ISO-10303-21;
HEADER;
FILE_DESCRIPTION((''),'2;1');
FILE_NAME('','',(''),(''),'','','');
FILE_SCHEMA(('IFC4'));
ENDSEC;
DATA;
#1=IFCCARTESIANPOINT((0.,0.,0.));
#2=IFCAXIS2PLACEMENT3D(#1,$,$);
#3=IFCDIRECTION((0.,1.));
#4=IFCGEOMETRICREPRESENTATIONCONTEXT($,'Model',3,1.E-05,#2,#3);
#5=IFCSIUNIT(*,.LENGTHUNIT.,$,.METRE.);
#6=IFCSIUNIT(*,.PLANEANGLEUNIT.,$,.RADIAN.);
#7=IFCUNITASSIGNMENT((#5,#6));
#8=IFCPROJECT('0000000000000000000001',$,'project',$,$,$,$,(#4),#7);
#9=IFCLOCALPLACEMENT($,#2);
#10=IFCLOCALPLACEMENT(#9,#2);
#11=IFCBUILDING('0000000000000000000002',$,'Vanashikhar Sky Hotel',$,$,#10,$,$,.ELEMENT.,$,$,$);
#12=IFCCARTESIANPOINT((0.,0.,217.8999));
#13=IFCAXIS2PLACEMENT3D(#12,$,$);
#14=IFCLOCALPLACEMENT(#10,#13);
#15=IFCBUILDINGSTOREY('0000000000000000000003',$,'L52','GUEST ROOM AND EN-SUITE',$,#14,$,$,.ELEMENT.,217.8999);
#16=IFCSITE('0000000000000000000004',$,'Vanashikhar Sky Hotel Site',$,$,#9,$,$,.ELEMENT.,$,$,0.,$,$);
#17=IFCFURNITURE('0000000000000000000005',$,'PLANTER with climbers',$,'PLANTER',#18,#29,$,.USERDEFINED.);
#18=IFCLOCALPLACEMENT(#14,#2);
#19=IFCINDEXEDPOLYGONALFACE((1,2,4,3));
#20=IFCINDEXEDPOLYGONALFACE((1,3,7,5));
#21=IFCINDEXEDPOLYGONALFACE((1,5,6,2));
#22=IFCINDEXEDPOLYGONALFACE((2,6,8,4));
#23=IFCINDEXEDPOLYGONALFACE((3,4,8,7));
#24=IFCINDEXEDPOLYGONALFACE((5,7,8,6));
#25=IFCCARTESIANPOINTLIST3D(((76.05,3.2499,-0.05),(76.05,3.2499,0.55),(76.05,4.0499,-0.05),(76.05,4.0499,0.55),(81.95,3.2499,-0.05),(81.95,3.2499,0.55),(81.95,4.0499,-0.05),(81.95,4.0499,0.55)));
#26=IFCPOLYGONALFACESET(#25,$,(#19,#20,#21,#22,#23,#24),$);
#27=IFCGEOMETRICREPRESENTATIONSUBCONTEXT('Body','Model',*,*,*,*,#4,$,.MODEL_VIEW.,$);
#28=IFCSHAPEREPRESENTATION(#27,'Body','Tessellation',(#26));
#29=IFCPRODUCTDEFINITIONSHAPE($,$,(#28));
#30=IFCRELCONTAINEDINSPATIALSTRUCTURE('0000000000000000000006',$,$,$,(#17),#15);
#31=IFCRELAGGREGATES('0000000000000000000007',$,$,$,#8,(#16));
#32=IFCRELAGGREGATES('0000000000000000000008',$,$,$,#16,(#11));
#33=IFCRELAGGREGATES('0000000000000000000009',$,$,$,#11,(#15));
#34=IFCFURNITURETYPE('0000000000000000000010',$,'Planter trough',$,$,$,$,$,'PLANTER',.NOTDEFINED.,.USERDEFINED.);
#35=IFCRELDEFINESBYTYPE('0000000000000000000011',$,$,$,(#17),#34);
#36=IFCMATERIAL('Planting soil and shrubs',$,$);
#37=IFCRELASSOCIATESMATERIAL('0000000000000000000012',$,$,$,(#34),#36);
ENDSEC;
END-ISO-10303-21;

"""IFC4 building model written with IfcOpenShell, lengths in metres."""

from ifc_helpers import new_model, si_unit, direction, frame, origin, origin_2d, place, context, subcontext, project, spatial, rectangle, extrude, source, transform, mapped, material, type_object, element, save


model = new_model("IFC4")

# Units and contexts
model_context = context("Model", 3, precision=1e-05, world=origin(), true_north=direction((0.0, 1.0)))
body_context = subcontext(model_context, "Body", "Model", "MODEL_VIEW")
ifc_project = project(units=[si_unit("LENGTHUNIT", "METRE"), si_unit("PLANEANGLEUNIT", "RADIAN")], contexts=[model_context])

# Site, building, storey
site_placement = place(None, origin())
site = spatial("IfcSite", under=ifc_project, at=site_placement, Name="Vanashikhar Sky Hotel Site", CompositionType="ELEMENT", RefElevation=0.0)
building_placement = place(site_placement, origin())
building = spatial("IfcBuilding", under=site, at=building_placement, Name="Vanashikhar Sky Hotel", CompositionType="ELEMENT")
storey_placement = place(building_placement, frame((0.0, 0.0, 217.8999)))
storey = spatial("IfcBuildingStorey", under=building, at=storey_placement, Name="L52", Description="GUEST ROOM AND EN-SUITE", CompositionType="ELEMENT", Elevation=217.8999)

# Furniture
ifc_material_1 = material(Name="Planting soil and shrubs")
furniture_type = type_object("IfcFurnitureType", Name="Planter trough", ElementType="PLANTER", AssemblyPlace="NOTDEFINED", PredefinedType="USERDEFINED", material=ifc_material_1)
shared_shape_1 = source(origin(), body_context, "Body", "SweptSolid", [
    extrude(rectangle(XDim=5.8999, YDim=0.8, at=origin_2d()), origin(), (0.0, 0.0, 1.0), 0.6001),
])
furniture_placement = place(storey_placement, frame((79.0, 3.6499, -0.05), z_axis=(0.0, 0.0, 1.0), x_axis=(1.0, 0.0, 0.0)))
element("IfcFurniture", 1, at=furniture_placement, inside=storey, type_object=furniture_type, Name="PLANTER with climbers", ObjectType="PLANTER", PredefinedType="USERDEFINED", context=body_context, shape_type="MappedRepresentation", body=[
    mapped(shared_shape_1, transform((0.0, 0.0, 0.0), scale=1.0)),
])

save(model, "model.ifc")
